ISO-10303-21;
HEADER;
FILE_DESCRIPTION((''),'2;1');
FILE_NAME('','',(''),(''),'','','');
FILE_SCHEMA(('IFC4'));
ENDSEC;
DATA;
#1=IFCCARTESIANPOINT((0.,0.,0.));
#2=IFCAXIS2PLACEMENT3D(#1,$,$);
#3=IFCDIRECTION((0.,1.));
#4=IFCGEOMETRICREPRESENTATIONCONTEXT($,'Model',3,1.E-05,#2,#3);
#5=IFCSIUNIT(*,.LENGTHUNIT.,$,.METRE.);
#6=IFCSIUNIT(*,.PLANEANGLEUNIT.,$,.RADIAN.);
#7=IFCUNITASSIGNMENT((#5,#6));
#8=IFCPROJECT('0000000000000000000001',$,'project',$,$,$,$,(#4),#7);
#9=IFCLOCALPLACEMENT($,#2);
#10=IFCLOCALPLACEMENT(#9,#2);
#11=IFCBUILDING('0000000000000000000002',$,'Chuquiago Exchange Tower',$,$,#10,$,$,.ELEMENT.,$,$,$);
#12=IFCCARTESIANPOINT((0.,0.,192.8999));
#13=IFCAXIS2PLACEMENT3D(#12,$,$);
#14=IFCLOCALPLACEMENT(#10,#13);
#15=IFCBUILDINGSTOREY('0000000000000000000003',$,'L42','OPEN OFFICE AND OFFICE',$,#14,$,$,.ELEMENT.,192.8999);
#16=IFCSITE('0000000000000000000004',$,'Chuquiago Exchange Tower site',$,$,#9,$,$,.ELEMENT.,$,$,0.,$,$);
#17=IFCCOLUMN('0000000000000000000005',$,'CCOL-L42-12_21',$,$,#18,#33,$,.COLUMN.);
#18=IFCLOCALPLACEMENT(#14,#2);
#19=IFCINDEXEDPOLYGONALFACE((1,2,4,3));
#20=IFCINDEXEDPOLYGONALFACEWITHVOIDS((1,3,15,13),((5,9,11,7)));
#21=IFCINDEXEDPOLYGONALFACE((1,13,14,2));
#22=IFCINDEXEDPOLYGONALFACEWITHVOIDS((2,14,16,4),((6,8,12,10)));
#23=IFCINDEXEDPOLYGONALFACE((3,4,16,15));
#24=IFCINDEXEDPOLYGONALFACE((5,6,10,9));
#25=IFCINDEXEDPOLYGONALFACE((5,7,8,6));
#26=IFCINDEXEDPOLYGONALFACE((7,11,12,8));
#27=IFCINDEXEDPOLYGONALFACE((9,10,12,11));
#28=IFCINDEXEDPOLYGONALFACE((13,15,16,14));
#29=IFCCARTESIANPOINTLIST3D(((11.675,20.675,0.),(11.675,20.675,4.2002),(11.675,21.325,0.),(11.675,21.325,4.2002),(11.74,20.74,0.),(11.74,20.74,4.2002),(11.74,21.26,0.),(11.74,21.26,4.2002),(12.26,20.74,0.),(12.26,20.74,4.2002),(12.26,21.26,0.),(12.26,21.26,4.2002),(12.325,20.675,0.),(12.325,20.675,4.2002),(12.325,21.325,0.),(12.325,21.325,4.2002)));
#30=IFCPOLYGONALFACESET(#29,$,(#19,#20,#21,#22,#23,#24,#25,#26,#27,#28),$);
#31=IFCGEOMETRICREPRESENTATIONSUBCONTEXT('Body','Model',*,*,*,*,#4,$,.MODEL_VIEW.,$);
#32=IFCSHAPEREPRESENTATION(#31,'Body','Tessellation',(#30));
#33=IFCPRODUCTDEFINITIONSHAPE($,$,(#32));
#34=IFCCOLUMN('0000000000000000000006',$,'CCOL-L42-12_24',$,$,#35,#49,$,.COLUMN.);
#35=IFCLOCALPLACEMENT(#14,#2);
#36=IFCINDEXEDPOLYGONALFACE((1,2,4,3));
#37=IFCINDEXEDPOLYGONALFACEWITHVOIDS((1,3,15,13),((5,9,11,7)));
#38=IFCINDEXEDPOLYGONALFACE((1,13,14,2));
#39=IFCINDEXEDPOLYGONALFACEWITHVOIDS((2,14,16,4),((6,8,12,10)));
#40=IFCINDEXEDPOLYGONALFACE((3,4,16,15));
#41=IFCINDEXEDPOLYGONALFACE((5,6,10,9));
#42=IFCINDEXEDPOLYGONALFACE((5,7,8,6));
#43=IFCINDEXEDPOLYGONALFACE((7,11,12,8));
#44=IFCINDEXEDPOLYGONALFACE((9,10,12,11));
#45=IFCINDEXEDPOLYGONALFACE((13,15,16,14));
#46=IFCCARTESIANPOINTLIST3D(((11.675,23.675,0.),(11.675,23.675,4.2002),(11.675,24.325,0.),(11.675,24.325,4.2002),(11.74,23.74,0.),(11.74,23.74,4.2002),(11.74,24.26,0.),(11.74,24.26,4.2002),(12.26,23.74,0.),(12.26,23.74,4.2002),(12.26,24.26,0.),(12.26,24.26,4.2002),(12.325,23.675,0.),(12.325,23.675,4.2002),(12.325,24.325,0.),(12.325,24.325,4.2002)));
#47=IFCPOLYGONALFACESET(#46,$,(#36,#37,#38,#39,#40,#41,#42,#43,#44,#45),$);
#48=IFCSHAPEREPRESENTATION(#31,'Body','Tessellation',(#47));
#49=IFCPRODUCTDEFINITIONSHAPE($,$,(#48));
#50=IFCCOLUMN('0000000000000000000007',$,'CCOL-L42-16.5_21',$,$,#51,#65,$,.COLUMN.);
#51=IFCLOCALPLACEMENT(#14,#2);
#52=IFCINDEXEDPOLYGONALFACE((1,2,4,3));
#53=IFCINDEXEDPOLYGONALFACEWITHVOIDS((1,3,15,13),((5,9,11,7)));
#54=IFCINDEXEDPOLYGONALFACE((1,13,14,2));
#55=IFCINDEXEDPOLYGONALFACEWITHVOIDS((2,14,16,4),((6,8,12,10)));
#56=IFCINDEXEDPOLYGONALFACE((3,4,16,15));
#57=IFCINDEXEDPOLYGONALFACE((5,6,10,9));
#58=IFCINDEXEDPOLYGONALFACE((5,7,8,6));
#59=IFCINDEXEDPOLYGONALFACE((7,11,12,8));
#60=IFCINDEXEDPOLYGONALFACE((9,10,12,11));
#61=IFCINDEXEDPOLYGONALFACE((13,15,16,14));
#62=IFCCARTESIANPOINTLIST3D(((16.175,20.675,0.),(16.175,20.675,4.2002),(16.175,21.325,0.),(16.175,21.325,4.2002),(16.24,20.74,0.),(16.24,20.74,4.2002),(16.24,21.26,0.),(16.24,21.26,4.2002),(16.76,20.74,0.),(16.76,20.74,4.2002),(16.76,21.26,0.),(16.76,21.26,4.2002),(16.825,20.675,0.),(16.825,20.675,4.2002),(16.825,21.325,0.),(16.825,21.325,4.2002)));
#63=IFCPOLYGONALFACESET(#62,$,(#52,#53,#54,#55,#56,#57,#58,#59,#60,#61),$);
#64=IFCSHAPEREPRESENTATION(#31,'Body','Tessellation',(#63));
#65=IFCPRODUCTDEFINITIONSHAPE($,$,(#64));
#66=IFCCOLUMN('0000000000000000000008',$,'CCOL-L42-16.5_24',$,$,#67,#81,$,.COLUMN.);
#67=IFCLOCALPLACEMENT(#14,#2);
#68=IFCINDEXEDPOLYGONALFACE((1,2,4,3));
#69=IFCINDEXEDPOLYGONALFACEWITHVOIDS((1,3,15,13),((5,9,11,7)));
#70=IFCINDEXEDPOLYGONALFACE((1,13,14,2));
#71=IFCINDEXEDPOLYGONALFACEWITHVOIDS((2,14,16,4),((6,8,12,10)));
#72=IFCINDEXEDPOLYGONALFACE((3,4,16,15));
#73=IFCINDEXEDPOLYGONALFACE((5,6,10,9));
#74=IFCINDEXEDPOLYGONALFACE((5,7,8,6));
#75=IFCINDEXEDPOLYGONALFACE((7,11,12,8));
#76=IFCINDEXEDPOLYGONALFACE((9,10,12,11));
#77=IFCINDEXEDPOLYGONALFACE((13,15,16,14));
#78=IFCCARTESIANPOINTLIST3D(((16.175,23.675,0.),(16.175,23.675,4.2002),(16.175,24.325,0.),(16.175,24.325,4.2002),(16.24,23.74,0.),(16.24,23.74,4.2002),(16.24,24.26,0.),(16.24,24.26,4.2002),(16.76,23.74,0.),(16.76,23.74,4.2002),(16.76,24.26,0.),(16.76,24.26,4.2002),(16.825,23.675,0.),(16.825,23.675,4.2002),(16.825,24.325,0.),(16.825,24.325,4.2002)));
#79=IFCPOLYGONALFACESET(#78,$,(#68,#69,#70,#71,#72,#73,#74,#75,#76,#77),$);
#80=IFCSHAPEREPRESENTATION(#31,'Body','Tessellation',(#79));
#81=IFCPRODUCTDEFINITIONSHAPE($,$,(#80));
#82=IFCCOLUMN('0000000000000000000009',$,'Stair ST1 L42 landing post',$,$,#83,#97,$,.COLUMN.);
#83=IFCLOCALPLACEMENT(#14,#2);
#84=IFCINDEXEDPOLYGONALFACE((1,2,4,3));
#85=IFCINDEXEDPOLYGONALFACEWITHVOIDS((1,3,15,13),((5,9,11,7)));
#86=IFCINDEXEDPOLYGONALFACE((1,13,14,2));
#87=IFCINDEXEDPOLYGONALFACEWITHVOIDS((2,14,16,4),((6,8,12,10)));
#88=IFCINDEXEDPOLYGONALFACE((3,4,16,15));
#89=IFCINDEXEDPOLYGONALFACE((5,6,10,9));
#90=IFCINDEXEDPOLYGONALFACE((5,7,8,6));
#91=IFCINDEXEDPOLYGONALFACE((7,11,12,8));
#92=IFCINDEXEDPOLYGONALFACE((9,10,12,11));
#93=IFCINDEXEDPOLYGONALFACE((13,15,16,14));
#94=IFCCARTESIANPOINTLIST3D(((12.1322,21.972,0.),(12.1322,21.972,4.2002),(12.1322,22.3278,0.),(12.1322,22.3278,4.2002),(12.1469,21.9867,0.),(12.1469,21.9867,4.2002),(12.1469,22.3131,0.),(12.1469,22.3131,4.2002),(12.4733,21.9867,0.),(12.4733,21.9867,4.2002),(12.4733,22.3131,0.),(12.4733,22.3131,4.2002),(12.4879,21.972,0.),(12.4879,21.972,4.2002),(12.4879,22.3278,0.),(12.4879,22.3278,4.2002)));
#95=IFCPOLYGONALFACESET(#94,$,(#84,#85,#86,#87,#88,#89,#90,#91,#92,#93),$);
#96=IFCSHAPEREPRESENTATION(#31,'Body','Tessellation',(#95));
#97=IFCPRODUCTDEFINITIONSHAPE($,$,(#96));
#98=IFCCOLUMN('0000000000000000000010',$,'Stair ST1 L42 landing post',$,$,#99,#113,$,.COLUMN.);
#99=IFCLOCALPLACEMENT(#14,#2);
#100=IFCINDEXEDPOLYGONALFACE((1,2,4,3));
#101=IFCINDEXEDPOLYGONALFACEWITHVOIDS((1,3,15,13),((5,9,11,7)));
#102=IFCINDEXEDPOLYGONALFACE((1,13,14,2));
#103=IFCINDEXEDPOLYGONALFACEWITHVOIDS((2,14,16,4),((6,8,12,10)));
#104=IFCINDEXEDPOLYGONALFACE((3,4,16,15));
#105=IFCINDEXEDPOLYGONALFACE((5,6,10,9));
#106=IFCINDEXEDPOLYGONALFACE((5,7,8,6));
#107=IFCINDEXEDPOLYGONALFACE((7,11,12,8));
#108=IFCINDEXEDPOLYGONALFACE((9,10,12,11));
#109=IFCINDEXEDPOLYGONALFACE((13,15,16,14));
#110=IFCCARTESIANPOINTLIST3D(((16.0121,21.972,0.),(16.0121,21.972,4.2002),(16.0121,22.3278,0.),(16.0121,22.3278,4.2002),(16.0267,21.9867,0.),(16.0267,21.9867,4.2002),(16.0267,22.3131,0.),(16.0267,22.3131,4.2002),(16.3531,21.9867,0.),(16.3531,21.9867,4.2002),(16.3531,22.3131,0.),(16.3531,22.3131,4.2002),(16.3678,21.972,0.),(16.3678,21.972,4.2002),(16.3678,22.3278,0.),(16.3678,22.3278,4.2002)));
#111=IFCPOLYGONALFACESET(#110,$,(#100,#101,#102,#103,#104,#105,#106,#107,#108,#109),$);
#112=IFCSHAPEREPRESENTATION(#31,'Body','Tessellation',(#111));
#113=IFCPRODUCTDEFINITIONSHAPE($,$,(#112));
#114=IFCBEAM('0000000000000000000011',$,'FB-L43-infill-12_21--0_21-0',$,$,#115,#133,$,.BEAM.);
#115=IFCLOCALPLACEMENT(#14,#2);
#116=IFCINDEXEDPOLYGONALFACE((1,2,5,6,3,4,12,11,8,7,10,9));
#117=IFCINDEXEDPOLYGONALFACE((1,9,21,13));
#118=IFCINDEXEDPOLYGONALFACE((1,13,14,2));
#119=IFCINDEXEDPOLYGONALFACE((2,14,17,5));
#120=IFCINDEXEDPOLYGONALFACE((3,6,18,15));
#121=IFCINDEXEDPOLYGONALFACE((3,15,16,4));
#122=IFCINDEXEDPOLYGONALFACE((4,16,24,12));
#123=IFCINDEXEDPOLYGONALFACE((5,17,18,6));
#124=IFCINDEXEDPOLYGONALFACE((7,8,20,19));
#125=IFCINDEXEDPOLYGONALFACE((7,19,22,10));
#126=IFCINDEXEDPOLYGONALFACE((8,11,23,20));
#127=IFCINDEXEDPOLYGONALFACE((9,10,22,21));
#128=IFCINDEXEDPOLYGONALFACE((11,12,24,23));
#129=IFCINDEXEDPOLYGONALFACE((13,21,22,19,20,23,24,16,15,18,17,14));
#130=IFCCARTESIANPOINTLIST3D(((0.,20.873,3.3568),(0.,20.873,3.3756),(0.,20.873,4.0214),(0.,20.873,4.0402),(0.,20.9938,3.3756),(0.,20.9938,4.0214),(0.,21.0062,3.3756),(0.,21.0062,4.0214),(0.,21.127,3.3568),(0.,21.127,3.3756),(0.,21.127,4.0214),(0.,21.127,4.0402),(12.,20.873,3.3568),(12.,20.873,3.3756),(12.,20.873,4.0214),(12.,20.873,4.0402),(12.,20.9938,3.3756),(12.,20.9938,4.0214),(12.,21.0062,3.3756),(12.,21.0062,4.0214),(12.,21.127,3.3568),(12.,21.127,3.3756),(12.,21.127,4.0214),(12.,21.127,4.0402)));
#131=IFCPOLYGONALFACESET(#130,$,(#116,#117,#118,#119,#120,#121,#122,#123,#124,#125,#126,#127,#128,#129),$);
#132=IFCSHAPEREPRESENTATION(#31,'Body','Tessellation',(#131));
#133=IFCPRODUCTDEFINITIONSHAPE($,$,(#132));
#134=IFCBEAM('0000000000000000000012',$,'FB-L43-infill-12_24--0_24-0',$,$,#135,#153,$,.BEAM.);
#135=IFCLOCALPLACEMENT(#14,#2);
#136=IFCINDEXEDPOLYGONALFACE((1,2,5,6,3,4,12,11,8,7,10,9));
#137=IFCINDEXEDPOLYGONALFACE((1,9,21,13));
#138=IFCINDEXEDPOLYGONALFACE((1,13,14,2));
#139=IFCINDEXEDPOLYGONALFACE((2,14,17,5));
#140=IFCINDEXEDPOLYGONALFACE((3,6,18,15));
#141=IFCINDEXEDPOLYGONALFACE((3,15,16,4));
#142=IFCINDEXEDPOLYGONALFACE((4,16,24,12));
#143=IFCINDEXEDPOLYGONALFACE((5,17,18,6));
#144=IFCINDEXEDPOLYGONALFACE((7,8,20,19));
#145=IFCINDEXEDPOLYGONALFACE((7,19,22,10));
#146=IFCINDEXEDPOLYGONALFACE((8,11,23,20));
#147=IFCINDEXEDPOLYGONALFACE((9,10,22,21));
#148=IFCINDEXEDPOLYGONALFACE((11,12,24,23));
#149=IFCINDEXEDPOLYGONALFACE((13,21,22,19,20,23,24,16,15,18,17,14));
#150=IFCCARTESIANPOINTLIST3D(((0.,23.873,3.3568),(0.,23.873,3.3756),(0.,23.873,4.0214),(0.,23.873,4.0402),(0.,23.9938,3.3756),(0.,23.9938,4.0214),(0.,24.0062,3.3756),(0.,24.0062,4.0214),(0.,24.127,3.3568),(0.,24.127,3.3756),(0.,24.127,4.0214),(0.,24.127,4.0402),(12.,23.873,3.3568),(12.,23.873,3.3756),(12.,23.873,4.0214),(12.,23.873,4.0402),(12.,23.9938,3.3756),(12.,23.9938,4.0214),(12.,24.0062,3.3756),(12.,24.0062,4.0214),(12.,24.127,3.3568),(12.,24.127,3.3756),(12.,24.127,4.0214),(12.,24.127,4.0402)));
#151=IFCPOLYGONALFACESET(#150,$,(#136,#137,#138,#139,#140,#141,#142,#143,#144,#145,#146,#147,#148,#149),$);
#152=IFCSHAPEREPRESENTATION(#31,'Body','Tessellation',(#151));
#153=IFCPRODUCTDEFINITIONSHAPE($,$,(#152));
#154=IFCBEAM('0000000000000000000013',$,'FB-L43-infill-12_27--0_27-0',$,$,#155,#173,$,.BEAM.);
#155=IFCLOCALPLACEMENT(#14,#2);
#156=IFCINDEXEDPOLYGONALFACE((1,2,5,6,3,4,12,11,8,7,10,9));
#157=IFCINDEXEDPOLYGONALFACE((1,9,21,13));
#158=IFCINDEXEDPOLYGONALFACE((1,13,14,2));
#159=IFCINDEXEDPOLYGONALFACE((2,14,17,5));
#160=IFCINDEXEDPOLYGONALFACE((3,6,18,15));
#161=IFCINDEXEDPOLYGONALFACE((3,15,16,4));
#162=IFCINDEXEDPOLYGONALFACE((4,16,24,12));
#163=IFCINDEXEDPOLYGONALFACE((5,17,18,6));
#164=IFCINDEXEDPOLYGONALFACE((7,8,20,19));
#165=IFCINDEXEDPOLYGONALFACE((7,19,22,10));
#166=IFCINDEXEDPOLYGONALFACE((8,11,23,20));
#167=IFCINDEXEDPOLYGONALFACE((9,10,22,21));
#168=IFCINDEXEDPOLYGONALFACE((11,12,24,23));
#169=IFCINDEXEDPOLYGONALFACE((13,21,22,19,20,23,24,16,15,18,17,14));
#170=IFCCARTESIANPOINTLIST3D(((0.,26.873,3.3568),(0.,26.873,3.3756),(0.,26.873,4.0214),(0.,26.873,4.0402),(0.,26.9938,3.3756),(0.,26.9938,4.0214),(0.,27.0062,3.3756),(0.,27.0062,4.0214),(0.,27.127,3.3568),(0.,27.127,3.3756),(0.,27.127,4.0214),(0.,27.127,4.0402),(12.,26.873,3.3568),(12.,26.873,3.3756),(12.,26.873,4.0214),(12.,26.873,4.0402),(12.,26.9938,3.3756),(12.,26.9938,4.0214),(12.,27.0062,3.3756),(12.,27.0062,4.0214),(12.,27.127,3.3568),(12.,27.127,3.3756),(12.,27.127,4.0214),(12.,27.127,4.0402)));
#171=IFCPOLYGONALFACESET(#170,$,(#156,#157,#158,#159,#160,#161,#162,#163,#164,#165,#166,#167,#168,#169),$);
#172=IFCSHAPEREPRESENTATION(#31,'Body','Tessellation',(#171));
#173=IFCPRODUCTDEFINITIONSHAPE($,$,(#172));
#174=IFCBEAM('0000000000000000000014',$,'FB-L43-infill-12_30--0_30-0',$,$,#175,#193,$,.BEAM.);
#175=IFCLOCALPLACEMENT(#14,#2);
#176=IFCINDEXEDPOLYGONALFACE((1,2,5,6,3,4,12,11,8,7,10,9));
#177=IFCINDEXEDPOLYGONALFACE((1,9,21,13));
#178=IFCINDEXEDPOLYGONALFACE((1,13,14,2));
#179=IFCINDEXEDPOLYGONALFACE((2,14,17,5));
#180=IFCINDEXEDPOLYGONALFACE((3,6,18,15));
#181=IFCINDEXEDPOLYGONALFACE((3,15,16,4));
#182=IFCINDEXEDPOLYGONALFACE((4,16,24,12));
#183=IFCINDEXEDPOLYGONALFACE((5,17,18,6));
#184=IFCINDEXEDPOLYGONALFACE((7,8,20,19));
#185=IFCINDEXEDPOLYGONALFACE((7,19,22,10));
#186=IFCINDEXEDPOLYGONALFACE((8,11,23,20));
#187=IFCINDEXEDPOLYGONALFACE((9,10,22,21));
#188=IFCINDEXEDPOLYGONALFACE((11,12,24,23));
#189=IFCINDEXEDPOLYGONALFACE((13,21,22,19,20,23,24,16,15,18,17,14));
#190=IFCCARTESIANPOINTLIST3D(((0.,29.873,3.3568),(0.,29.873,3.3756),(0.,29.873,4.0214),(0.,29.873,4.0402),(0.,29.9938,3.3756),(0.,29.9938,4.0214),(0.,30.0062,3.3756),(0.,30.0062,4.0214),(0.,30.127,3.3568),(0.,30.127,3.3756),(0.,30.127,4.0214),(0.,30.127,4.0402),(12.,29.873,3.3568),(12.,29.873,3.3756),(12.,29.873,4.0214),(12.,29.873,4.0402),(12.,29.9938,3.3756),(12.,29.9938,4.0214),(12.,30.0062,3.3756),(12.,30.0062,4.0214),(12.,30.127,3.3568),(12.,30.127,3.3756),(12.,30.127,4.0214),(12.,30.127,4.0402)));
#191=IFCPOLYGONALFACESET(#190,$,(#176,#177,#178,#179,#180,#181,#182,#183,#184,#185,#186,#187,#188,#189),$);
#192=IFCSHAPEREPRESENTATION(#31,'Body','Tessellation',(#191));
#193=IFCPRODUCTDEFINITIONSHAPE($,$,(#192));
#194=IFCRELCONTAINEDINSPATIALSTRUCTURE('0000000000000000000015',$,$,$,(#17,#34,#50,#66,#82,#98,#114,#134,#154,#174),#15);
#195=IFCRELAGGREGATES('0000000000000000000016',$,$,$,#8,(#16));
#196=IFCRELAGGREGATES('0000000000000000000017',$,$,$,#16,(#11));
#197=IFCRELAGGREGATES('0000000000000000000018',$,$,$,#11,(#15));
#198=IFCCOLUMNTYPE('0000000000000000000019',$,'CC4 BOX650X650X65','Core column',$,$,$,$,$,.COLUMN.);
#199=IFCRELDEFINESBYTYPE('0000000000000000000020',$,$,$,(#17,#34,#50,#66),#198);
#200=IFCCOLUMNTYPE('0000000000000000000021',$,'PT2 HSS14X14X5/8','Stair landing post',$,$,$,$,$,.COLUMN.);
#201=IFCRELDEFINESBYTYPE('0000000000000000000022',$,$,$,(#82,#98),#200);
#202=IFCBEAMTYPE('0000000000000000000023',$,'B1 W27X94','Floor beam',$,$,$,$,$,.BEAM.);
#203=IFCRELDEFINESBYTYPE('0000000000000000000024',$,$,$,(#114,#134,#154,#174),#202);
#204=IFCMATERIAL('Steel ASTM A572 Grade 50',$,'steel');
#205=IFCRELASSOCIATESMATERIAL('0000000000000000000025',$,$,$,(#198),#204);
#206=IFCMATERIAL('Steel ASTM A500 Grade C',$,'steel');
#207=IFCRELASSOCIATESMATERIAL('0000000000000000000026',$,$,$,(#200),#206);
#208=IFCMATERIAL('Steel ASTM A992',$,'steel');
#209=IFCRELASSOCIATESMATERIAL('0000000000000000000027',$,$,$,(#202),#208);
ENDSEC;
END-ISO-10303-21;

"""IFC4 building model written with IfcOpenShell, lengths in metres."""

from ifc_helpers import new_model, si_unit, direction, frame, origin, origin_2d, place, context, subcontext, project, spatial, hollow_rectangle, i_section, extrude, material, material_profile, profile_set, type_object, element, save


model = new_model("IFC4")

# Units and contexts
model_context = context("Model", 3, precision=1e-05, world=origin(), true_north=direction((0.0, 1.0)))
body_context = subcontext(model_context, "Body", "Model", "MODEL_VIEW")
ifc_project = project(units=[si_unit("LENGTHUNIT", "METRE"), si_unit("PLANEANGLEUNIT", "RADIAN")], contexts=[model_context])

# Site, building, storey
site_placement = place(None, origin())
site = spatial("IfcSite", under=ifc_project, at=site_placement, Name="Chuquiago Exchange Tower site", CompositionType="ELEMENT", RefElevation=0.0)
building_placement = place(site_placement, origin())
building = spatial("IfcBuilding", under=site, at=building_placement, Name="Chuquiago Exchange Tower", CompositionType="ELEMENT")
storey_placement = place(building_placement, frame((0.0, 0.0, 192.8999)))
storey = spatial("IfcBuildingStorey", under=building, at=storey_placement, Name="L42", Description="OPEN OFFICE AND OFFICE", CompositionType="ELEMENT", Elevation=192.8999)

# Columns
ifc_material_1 = material(Name="Steel ASTM A572 Grade 50", Category="steel")
ifc_material_profile_1 = material_profile(ifc_material_1, hollow_rectangle(XDim=0.6499, YDim=0.6499, WallThickness=0.0649, at=origin_2d()), Name="BOX650X650X65")
ifc_profile_set_1 = profile_set([ifc_material_profile_1], Name="Steel ASTM A572 Grade 50")
column_type_1 = type_object("IfcColumnType", Name="CC4 BOX650X650X65", Description="Core column", PredefinedType="COLUMN", material=ifc_profile_set_1)
for number, where, z_axis, x_axis, name in (
    (1, (12.0, 21.0, 0.0), (0.0, 0.0, 1.0), (1.0, 0.0, 0.0), "CCOL-L42-12_21"),
    (2, (12.0, 24.0, 0.0), (0.0, 0.0, 1.0), (1.0, 0.0, 0.0), "CCOL-L42-12_24"),
    (3, (16.5, 21.0, 0.0), (0.0, 0.0, 1.0), (1.0, 0.0, 0.0), "CCOL-L42-16.5_21"),
    (4, (16.5, 24.0, 0.0), (0.0, 0.0, 1.0), (1.0, 0.0, 0.0), "CCOL-L42-16.5_24"),
):
    element("IfcColumn", number, at=place(storey_placement, frame(where, z_axis=z_axis, x_axis=x_axis)), inside=storey, type_object=column_type_1, Name=name, PredefinedType="COLUMN", context=body_context, shape_type="SweptSolid", body=[
        extrude(hollow_rectangle(XDim=0.6499, YDim=0.6499, WallThickness=0.0649, at=origin_2d()), origin(), (0.0, 0.0, 1.0), 4.2002),
    ])
ifc_material_2 = material(Name="Steel ASTM A500 Grade C", Category="steel")
ifc_material_profile_2 = material_profile(ifc_material_2, hollow_rectangle(XDim=0.3557, YDim=0.3557, WallThickness=0.0146, at=origin_2d()), Name="HSS14X14X5/8")
ifc_profile_set_2 = profile_set([ifc_material_profile_2], Name="Steel ASTM A500 Grade C")
column_type_2 = type_object("IfcColumnType", Name="PT2 HSS14X14X5/8", Description="Stair landing post", PredefinedType="COLUMN", material=ifc_profile_set_2)
for number, where, z_axis, x_axis, name in (
    (5, (12.3101, 22.1499, 0.0), (0.0, 0.0, 1.0), (1.0, 0.0, 0.0), "Stair ST1 L42 landing post"),
    (6, (16.1899, 22.1499, 0.0), (0.0, 0.0, 1.0), (1.0, 0.0, 0.0), "Stair ST1 L42 landing post"),
):
    element("IfcColumn", number, at=place(storey_placement, frame(where, z_axis=z_axis, x_axis=x_axis)), inside=storey, type_object=column_type_2, Name=name, PredefinedType="COLUMN", context=body_context, shape_type="SweptSolid", body=[
        extrude(hollow_rectangle(XDim=0.3557, YDim=0.3557, WallThickness=0.0146, at=origin_2d()), origin(), (0.0, 0.0, 1.0), 4.2002),
    ])

# Beams
ifc_material_3 = material(Name="Steel ASTM A992", Category="steel")
ifc_material_profile_3 = material_profile(ifc_material_3, i_section(OverallWidth=0.2539, OverallDepth=0.6833, WebThickness=0.0125, FlangeThickness=0.0188, at=origin_2d()), Name="W27X94")
ifc_profile_set_3 = profile_set([ifc_material_profile_3], Name="Steel ASTM A992")
beam_type_1 = type_object("IfcBeamType", Name="B1 W27X94", Description="Floor beam", PredefinedType="BEAM", material=ifc_profile_set_3)
for number, where, z_axis, x_axis, name in (
    (7, (12.0, 21.0, 3.6985), (-1.0, 0.0, 0.0), (0.0, -1.0, 0.0), "FB-L43-infill-12_21--0_21-0"),
    (8, (12.0, 24.0, 3.6985), (-1.0, 0.0, 0.0), (0.0, -1.0, 0.0), "FB-L43-infill-12_24--0_24-0"),
    (9, (12.0, 27.0, 3.6985), (-1.0, 0.0, 0.0), (0.0, -1.0, 0.0), "FB-L43-infill-12_27--0_27-0"),
    (10, (12.0, 30.0, 3.6985), (-1.0, 0.0, 0.0), (0.0, -1.0, 0.0), "FB-L43-infill-12_30--0_30-0"),
):
    element("IfcBeam", number, at=place(storey_placement, frame(where, z_axis=z_axis, x_axis=x_axis)), inside=storey, type_object=beam_type_1, Name=name, PredefinedType="BEAM", context=body_context, shape_type="SweptSolid", body=[
        extrude(i_section(OverallWidth=0.2539, OverallDepth=0.6833, WebThickness=0.0125, FlangeThickness=0.0188, at=origin_2d()), origin(), (0.0, 0.0, 1.0), 12.0),
    ])

save(model, "model.ifc")
